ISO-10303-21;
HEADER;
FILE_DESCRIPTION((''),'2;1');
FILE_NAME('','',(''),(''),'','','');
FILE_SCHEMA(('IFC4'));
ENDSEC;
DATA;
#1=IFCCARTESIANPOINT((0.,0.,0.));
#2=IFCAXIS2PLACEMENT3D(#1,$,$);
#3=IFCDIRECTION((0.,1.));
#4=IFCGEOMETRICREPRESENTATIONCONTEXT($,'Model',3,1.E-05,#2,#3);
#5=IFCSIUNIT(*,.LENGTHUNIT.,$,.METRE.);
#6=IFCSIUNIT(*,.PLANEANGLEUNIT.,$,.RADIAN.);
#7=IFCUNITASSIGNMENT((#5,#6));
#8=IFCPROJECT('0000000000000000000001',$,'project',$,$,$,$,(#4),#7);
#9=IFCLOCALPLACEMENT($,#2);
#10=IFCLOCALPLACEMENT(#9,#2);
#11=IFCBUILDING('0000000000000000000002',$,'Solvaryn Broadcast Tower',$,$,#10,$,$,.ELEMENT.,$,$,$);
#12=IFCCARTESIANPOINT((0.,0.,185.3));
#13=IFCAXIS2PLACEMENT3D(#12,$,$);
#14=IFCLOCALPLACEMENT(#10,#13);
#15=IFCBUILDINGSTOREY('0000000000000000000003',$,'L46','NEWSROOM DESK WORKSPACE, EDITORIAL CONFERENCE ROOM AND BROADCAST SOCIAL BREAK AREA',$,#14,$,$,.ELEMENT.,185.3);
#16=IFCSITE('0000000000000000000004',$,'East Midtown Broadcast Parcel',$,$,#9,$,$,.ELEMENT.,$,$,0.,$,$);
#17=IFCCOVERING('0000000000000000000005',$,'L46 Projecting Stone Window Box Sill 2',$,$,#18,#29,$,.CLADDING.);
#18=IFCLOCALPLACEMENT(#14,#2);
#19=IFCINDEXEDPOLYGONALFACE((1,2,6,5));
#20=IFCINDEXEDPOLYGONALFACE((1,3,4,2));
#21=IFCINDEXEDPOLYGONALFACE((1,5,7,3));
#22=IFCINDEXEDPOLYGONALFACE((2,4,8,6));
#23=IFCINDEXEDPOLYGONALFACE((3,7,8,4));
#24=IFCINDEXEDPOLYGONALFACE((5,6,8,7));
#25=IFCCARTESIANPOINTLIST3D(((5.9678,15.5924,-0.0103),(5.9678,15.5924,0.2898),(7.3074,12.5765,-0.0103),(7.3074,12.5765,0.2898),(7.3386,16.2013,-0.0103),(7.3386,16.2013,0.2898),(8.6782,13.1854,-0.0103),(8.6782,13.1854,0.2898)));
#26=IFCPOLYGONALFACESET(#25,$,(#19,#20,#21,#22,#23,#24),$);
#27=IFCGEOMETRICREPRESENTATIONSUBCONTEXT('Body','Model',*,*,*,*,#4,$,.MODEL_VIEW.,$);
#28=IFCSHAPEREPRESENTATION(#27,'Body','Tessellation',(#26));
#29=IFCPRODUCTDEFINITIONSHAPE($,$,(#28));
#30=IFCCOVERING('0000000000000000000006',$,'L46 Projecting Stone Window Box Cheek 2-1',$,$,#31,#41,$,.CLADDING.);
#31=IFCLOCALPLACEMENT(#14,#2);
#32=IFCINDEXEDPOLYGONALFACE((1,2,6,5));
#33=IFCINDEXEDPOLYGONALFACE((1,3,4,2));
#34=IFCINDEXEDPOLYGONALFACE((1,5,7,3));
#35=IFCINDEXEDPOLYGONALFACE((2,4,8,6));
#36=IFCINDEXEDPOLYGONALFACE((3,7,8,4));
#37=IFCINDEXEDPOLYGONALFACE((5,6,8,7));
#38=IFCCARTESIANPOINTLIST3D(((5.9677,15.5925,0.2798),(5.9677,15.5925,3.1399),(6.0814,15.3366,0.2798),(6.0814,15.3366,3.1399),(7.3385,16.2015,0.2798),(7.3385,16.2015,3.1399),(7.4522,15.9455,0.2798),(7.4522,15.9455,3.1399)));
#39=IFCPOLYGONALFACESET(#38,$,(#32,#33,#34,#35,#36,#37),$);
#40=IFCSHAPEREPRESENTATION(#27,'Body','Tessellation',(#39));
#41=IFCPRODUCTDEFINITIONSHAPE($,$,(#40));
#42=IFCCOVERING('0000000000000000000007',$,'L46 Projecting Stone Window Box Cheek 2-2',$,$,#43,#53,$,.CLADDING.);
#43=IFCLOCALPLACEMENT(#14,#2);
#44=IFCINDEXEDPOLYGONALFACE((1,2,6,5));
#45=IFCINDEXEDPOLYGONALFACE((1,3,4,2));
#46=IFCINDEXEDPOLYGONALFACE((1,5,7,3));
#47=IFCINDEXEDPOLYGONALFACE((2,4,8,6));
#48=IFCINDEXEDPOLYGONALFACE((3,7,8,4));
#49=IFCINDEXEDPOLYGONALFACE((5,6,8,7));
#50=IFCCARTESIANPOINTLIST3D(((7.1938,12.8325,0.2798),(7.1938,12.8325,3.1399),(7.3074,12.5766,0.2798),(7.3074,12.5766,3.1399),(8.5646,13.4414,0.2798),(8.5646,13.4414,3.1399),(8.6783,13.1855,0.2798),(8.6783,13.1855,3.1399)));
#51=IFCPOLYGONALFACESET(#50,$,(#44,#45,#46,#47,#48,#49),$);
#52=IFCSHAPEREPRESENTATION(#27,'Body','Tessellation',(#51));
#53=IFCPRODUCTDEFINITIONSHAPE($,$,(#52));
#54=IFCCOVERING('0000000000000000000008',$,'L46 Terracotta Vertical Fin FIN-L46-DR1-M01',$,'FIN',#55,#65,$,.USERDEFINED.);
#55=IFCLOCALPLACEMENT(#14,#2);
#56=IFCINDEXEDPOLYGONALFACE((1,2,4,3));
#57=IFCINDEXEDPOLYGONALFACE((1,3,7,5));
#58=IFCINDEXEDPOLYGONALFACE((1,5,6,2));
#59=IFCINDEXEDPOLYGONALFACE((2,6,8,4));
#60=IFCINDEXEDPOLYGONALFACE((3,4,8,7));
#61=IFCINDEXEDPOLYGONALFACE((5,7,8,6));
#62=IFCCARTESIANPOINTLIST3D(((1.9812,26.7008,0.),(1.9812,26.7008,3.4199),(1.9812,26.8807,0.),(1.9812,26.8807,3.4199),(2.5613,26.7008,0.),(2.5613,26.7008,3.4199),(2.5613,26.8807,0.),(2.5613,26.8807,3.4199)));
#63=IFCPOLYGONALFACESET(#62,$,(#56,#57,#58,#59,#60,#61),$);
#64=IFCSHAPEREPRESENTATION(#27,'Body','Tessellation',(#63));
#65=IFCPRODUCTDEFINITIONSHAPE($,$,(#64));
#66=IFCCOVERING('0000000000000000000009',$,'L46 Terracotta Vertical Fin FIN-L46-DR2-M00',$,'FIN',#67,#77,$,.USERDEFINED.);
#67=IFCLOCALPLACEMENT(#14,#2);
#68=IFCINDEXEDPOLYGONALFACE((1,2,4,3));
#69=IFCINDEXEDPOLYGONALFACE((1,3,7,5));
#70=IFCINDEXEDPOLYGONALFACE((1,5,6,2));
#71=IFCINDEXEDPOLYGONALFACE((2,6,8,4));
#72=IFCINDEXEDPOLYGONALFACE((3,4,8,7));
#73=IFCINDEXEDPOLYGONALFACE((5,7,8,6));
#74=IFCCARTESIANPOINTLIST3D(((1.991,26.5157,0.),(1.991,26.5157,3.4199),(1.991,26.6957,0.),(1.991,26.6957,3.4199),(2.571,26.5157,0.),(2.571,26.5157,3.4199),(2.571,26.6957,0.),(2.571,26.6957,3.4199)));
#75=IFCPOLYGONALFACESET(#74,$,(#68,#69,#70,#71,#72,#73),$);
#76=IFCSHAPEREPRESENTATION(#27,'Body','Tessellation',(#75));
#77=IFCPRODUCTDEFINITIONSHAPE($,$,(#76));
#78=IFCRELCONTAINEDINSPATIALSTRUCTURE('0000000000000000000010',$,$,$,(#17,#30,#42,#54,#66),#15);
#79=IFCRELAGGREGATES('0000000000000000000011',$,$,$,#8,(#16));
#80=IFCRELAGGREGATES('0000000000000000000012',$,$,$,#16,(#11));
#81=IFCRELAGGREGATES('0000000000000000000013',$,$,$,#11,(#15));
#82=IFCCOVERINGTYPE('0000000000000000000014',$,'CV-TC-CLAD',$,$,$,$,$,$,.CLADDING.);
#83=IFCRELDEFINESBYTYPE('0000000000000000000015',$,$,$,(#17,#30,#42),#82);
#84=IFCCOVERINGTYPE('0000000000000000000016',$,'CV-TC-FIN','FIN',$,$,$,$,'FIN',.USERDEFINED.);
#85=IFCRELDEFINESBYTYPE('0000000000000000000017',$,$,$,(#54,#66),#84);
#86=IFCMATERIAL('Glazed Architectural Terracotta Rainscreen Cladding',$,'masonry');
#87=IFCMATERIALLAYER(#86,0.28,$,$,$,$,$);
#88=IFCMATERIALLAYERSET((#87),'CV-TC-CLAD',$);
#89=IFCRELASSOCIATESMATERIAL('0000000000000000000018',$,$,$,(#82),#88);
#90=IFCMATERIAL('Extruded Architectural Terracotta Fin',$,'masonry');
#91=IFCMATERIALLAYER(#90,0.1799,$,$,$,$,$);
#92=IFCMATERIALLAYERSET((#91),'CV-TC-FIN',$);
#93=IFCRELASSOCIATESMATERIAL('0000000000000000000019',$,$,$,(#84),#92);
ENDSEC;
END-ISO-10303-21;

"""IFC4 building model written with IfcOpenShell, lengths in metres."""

from ifc_helpers import new_model, si_unit, direction, frame, origin, origin_2d, place, context, subcontext, project, spatial, rectangle, extrude, material, layer, layer_set, type_object, element, save


model = new_model("IFC4")

# Units and contexts
model_context = context("Model", 3, precision=1e-05, world=origin(), true_north=direction((0.0, 1.0)))
body_context = subcontext(model_context, "Body", "Model", "MODEL_VIEW")
ifc_project = project(units=[si_unit("LENGTHUNIT", "METRE"), si_unit("PLANEANGLEUNIT", "RADIAN")], contexts=[model_context])

# Site, building, storey
site_placement = place(None, origin())
site = spatial("IfcSite", under=ifc_project, at=site_placement, Name="East Midtown Broadcast Parcel", CompositionType="ELEMENT", RefElevation=0.0)
building_placement = place(site_placement, origin())
building = spatial("IfcBuilding", under=site, at=building_placement, Name="Solvaryn Broadcast Tower", CompositionType="ELEMENT")
storey_placement = place(building_placement, frame((0.0, 0.0, 185.3)))
storey = spatial("IfcBuildingStorey", under=building, at=storey_placement, Name="L46", Description="NEWSROOM DESK WORKSPACE, EDITORIAL CONFERENCE ROOM AND BROADCAST SOCIAL BREAK AREA", CompositionType="ELEMENT", Elevation=185.3)

# Coverings
ifc_material_1 = material(Name="Glazed Architectural Terracotta Rainscreen Cladding", Category="masonry")
ifc_layer_1 = layer(ifc_material_1, 0.28)
ifc_layer_set_1 = layer_set([ifc_layer_1], Name="CV-TC-CLAD")
covering_type_1 = type_object("IfcCoveringType", Name="CV-TC-CLAD", PredefinedType="CLADDING", material=ifc_layer_set_1)
for number, where, z_axis, x_axis, name in (
    (1, (7.323, 14.3889, -0.0103), (0.0, 0.0, 1.0), (0.405939, -0.9139, 0.0), "L46 Projecting Stone Window Box Sill 2"),
):
    element("IfcCovering", number, at=place(storey_placement, frame(where, z_axis=z_axis, x_axis=x_axis)), inside=storey, type_object=covering_type_1, Name=name, PredefinedType="CLADDING", context=body_context, shape_type="SweptSolid", body=[
        extrude(rectangle(XDim=3.3, YDim=1.5, at=origin_2d()), origin(), (0.0, 0.0, 1.0), 0.3),
    ])
for number, where, z_axis, x_axis, name in (
    (2, (6.71, 15.769, 0.2798), (0.0, 0.0, 1.0), (0.405939, -0.9139, 0.0), "L46 Projecting Stone Window Box Cheek 2-1"),
    (3, (7.936, 13.009, 0.2798), (0.0, 0.0, 1.0), (0.405939, -0.9139, 0.0), "L46 Projecting Stone Window Box Cheek 2-2"),
):
    element("IfcCovering", number, at=place(storey_placement, frame(where, z_axis=z_axis, x_axis=x_axis)), inside=storey, type_object=covering_type_1, Name=name, PredefinedType="CLADDING", context=body_context, shape_type="SweptSolid", body=[
        extrude(rectangle(XDim=0.28, YDim=1.5, at=origin_2d()), origin(), (0.0, 0.0, 1.0), 2.8601),
    ])
ifc_material_2 = material(Name="Extruded Architectural Terracotta Fin", Category="masonry")
ifc_layer_2 = layer(ifc_material_2, 0.1799)
ifc_layer_set_2 = layer_set([ifc_layer_2], Name="CV-TC-FIN")
covering_type_2 = type_object("IfcCoveringType", Name="CV-TC-FIN", Description="FIN", ElementType="FIN", PredefinedType="USERDEFINED", material=ifc_layer_set_2)
for number, where, z_axis, x_axis, name in (
    (4, (2.2712, 26.7908, 0.0), (0.0, 0.0, 1.0), (1.0, 0.0, 0.0), "L46 Terracotta Vertical Fin FIN-L46-DR1-M01"),
    (5, (2.281, 26.6057, 0.0), (0.0, 0.0, 1.0), (1.0, 0.0, 0.0), "L46 Terracotta Vertical Fin FIN-L46-DR2-M00"),
):
    element("IfcCovering", number, at=place(storey_placement, frame(where, z_axis=z_axis, x_axis=x_axis)), inside=storey, type_object=covering_type_2, Name=name, ObjectType="FIN", PredefinedType="USERDEFINED", context=body_context, shape_type="SweptSolid", body=[
        extrude(rectangle(XDim=0.5801, YDim=0.1799, at=origin_2d()), origin(), (0.0, 0.0, 1.0), 3.4199),
    ])

save(model, "model.ifc")
